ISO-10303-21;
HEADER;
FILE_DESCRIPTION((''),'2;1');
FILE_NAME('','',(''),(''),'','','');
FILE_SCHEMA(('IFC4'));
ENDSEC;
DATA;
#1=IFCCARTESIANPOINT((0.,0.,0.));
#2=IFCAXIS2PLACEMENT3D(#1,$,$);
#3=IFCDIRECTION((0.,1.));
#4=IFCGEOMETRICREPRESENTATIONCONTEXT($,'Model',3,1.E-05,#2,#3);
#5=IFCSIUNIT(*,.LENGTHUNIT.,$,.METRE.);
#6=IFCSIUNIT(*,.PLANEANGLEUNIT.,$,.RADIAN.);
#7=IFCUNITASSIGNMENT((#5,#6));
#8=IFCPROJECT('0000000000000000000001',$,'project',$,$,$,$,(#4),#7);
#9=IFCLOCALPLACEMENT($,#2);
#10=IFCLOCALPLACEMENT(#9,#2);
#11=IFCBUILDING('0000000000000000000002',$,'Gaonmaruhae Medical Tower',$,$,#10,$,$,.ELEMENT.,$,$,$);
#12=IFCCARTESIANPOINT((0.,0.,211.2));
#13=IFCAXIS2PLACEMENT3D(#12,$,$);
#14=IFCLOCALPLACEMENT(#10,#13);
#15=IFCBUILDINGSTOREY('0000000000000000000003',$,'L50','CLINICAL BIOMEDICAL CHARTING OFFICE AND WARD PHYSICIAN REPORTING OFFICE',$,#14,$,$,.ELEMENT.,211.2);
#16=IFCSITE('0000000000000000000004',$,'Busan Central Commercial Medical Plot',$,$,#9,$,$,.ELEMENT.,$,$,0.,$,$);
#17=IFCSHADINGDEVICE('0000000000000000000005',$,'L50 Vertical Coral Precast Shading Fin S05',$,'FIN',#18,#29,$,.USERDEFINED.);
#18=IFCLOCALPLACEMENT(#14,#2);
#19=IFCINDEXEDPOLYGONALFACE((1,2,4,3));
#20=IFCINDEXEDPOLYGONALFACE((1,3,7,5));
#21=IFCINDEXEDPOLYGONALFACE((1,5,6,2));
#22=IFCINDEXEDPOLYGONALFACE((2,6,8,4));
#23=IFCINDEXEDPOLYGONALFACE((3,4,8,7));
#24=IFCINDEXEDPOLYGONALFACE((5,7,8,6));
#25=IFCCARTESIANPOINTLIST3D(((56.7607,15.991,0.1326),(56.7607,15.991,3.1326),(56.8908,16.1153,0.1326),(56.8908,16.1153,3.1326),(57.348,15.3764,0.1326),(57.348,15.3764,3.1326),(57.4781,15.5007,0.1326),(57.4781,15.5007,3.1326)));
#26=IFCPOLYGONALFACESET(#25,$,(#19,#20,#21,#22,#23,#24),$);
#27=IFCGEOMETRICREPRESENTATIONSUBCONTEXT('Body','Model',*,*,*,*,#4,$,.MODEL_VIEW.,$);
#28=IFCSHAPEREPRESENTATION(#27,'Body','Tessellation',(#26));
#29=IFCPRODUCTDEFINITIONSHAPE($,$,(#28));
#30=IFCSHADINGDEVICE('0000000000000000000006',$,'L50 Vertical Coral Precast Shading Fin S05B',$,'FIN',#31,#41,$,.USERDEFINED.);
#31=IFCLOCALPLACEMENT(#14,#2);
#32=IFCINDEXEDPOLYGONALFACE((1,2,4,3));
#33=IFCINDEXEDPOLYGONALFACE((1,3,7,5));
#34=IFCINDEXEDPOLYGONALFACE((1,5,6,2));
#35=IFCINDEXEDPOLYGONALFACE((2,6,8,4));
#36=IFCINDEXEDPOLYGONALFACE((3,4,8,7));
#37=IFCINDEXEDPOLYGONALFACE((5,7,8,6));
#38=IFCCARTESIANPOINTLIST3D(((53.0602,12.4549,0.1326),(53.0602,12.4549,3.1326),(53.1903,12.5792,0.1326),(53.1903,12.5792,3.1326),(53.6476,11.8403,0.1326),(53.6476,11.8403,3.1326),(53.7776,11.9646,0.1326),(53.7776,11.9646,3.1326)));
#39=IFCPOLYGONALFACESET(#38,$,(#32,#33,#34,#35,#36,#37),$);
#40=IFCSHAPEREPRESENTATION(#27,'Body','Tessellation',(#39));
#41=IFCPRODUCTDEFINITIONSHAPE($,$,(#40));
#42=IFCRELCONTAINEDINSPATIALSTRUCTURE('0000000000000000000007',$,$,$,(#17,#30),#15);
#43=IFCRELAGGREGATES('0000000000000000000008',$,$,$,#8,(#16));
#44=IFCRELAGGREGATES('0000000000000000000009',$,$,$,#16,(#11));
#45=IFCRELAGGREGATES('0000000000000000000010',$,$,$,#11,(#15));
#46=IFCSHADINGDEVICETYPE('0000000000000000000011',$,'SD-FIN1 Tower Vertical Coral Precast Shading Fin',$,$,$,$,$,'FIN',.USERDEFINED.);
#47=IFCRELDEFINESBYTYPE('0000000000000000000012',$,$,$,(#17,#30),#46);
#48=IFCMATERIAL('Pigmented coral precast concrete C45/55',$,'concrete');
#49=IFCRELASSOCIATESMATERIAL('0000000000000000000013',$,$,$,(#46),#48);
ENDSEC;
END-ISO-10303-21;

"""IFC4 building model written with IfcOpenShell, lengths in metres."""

from ifc_helpers import new_model, si_unit, direction, frame, origin, origin_2d, place, context, subcontext, project, spatial, rectangle, extrude, material, type_object, element, save


model = new_model("IFC4")

# Units and contexts
model_context = context("Model", 3, precision=1e-05, world=origin(), true_north=direction((0.0, 1.0)))
body_context = subcontext(model_context, "Body", "Model", "MODEL_VIEW")
ifc_project = project(units=[si_unit("LENGTHUNIT", "METRE"), si_unit("PLANEANGLEUNIT", "RADIAN")], contexts=[model_context])

# Site, building, storey
site_placement = place(None, origin())
site = spatial("IfcSite", under=ifc_project, at=site_placement, Name="Busan Central Commercial Medical Plot", CompositionType="ELEMENT", RefElevation=0.0)
building_placement = place(site_placement, origin())
building = spatial("IfcBuilding", under=site, at=building_placement, Name="Gaonmaruhae Medical Tower", CompositionType="ELEMENT")
storey_placement = place(building_placement, frame((0.0, 0.0, 211.2)))
storey = spatial("IfcBuildingStorey", under=building, at=storey_placement, Name="L50", Description="CLINICAL BIOMEDICAL CHARTING OFFICE AND WARD PHYSICIAN REPORTING OFFICE", CompositionType="ELEMENT", Elevation=211.2)

# Shading devices
ifc_material_1 = material(Name="Pigmented coral precast concrete C45/55", Category="concrete")
shading_device_type = type_object("IfcShadingDeviceType", Name="SD-FIN1 Tower Vertical Coral Precast Shading Fin", ElementType="FIN", PredefinedType="USERDEFINED", material=ifc_material_1)
for number, where, z_axis, x_axis, name in (
    (1, (57.1194, 15.7458, 0.1326), (0.0, 0.0, 1.0), (-0.722967, -0.690882, 0.0), "L50 Vertical Coral Precast Shading Fin S05"),
    (2, (53.4189, 12.2097, 0.1326), (0.0, 0.0, 1.0), (-0.722967, -0.690882, 0.0), "L50 Vertical Coral Precast Shading Fin S05B"),
):
    element("IfcShadingDevice", number, at=place(storey_placement, frame(where, z_axis=z_axis, x_axis=x_axis)), inside=storey, type_object=shading_device_type, Name=name, ObjectType="FIN", PredefinedType="USERDEFINED", context=body_context, shape_type="SweptSolid", body=[
        extrude(rectangle(XDim=0.1799, YDim=0.8501, at=origin_2d()), origin(), (0.0, 0.0, 1.0), 3.0),
    ])

save(model, "model.ifc")
